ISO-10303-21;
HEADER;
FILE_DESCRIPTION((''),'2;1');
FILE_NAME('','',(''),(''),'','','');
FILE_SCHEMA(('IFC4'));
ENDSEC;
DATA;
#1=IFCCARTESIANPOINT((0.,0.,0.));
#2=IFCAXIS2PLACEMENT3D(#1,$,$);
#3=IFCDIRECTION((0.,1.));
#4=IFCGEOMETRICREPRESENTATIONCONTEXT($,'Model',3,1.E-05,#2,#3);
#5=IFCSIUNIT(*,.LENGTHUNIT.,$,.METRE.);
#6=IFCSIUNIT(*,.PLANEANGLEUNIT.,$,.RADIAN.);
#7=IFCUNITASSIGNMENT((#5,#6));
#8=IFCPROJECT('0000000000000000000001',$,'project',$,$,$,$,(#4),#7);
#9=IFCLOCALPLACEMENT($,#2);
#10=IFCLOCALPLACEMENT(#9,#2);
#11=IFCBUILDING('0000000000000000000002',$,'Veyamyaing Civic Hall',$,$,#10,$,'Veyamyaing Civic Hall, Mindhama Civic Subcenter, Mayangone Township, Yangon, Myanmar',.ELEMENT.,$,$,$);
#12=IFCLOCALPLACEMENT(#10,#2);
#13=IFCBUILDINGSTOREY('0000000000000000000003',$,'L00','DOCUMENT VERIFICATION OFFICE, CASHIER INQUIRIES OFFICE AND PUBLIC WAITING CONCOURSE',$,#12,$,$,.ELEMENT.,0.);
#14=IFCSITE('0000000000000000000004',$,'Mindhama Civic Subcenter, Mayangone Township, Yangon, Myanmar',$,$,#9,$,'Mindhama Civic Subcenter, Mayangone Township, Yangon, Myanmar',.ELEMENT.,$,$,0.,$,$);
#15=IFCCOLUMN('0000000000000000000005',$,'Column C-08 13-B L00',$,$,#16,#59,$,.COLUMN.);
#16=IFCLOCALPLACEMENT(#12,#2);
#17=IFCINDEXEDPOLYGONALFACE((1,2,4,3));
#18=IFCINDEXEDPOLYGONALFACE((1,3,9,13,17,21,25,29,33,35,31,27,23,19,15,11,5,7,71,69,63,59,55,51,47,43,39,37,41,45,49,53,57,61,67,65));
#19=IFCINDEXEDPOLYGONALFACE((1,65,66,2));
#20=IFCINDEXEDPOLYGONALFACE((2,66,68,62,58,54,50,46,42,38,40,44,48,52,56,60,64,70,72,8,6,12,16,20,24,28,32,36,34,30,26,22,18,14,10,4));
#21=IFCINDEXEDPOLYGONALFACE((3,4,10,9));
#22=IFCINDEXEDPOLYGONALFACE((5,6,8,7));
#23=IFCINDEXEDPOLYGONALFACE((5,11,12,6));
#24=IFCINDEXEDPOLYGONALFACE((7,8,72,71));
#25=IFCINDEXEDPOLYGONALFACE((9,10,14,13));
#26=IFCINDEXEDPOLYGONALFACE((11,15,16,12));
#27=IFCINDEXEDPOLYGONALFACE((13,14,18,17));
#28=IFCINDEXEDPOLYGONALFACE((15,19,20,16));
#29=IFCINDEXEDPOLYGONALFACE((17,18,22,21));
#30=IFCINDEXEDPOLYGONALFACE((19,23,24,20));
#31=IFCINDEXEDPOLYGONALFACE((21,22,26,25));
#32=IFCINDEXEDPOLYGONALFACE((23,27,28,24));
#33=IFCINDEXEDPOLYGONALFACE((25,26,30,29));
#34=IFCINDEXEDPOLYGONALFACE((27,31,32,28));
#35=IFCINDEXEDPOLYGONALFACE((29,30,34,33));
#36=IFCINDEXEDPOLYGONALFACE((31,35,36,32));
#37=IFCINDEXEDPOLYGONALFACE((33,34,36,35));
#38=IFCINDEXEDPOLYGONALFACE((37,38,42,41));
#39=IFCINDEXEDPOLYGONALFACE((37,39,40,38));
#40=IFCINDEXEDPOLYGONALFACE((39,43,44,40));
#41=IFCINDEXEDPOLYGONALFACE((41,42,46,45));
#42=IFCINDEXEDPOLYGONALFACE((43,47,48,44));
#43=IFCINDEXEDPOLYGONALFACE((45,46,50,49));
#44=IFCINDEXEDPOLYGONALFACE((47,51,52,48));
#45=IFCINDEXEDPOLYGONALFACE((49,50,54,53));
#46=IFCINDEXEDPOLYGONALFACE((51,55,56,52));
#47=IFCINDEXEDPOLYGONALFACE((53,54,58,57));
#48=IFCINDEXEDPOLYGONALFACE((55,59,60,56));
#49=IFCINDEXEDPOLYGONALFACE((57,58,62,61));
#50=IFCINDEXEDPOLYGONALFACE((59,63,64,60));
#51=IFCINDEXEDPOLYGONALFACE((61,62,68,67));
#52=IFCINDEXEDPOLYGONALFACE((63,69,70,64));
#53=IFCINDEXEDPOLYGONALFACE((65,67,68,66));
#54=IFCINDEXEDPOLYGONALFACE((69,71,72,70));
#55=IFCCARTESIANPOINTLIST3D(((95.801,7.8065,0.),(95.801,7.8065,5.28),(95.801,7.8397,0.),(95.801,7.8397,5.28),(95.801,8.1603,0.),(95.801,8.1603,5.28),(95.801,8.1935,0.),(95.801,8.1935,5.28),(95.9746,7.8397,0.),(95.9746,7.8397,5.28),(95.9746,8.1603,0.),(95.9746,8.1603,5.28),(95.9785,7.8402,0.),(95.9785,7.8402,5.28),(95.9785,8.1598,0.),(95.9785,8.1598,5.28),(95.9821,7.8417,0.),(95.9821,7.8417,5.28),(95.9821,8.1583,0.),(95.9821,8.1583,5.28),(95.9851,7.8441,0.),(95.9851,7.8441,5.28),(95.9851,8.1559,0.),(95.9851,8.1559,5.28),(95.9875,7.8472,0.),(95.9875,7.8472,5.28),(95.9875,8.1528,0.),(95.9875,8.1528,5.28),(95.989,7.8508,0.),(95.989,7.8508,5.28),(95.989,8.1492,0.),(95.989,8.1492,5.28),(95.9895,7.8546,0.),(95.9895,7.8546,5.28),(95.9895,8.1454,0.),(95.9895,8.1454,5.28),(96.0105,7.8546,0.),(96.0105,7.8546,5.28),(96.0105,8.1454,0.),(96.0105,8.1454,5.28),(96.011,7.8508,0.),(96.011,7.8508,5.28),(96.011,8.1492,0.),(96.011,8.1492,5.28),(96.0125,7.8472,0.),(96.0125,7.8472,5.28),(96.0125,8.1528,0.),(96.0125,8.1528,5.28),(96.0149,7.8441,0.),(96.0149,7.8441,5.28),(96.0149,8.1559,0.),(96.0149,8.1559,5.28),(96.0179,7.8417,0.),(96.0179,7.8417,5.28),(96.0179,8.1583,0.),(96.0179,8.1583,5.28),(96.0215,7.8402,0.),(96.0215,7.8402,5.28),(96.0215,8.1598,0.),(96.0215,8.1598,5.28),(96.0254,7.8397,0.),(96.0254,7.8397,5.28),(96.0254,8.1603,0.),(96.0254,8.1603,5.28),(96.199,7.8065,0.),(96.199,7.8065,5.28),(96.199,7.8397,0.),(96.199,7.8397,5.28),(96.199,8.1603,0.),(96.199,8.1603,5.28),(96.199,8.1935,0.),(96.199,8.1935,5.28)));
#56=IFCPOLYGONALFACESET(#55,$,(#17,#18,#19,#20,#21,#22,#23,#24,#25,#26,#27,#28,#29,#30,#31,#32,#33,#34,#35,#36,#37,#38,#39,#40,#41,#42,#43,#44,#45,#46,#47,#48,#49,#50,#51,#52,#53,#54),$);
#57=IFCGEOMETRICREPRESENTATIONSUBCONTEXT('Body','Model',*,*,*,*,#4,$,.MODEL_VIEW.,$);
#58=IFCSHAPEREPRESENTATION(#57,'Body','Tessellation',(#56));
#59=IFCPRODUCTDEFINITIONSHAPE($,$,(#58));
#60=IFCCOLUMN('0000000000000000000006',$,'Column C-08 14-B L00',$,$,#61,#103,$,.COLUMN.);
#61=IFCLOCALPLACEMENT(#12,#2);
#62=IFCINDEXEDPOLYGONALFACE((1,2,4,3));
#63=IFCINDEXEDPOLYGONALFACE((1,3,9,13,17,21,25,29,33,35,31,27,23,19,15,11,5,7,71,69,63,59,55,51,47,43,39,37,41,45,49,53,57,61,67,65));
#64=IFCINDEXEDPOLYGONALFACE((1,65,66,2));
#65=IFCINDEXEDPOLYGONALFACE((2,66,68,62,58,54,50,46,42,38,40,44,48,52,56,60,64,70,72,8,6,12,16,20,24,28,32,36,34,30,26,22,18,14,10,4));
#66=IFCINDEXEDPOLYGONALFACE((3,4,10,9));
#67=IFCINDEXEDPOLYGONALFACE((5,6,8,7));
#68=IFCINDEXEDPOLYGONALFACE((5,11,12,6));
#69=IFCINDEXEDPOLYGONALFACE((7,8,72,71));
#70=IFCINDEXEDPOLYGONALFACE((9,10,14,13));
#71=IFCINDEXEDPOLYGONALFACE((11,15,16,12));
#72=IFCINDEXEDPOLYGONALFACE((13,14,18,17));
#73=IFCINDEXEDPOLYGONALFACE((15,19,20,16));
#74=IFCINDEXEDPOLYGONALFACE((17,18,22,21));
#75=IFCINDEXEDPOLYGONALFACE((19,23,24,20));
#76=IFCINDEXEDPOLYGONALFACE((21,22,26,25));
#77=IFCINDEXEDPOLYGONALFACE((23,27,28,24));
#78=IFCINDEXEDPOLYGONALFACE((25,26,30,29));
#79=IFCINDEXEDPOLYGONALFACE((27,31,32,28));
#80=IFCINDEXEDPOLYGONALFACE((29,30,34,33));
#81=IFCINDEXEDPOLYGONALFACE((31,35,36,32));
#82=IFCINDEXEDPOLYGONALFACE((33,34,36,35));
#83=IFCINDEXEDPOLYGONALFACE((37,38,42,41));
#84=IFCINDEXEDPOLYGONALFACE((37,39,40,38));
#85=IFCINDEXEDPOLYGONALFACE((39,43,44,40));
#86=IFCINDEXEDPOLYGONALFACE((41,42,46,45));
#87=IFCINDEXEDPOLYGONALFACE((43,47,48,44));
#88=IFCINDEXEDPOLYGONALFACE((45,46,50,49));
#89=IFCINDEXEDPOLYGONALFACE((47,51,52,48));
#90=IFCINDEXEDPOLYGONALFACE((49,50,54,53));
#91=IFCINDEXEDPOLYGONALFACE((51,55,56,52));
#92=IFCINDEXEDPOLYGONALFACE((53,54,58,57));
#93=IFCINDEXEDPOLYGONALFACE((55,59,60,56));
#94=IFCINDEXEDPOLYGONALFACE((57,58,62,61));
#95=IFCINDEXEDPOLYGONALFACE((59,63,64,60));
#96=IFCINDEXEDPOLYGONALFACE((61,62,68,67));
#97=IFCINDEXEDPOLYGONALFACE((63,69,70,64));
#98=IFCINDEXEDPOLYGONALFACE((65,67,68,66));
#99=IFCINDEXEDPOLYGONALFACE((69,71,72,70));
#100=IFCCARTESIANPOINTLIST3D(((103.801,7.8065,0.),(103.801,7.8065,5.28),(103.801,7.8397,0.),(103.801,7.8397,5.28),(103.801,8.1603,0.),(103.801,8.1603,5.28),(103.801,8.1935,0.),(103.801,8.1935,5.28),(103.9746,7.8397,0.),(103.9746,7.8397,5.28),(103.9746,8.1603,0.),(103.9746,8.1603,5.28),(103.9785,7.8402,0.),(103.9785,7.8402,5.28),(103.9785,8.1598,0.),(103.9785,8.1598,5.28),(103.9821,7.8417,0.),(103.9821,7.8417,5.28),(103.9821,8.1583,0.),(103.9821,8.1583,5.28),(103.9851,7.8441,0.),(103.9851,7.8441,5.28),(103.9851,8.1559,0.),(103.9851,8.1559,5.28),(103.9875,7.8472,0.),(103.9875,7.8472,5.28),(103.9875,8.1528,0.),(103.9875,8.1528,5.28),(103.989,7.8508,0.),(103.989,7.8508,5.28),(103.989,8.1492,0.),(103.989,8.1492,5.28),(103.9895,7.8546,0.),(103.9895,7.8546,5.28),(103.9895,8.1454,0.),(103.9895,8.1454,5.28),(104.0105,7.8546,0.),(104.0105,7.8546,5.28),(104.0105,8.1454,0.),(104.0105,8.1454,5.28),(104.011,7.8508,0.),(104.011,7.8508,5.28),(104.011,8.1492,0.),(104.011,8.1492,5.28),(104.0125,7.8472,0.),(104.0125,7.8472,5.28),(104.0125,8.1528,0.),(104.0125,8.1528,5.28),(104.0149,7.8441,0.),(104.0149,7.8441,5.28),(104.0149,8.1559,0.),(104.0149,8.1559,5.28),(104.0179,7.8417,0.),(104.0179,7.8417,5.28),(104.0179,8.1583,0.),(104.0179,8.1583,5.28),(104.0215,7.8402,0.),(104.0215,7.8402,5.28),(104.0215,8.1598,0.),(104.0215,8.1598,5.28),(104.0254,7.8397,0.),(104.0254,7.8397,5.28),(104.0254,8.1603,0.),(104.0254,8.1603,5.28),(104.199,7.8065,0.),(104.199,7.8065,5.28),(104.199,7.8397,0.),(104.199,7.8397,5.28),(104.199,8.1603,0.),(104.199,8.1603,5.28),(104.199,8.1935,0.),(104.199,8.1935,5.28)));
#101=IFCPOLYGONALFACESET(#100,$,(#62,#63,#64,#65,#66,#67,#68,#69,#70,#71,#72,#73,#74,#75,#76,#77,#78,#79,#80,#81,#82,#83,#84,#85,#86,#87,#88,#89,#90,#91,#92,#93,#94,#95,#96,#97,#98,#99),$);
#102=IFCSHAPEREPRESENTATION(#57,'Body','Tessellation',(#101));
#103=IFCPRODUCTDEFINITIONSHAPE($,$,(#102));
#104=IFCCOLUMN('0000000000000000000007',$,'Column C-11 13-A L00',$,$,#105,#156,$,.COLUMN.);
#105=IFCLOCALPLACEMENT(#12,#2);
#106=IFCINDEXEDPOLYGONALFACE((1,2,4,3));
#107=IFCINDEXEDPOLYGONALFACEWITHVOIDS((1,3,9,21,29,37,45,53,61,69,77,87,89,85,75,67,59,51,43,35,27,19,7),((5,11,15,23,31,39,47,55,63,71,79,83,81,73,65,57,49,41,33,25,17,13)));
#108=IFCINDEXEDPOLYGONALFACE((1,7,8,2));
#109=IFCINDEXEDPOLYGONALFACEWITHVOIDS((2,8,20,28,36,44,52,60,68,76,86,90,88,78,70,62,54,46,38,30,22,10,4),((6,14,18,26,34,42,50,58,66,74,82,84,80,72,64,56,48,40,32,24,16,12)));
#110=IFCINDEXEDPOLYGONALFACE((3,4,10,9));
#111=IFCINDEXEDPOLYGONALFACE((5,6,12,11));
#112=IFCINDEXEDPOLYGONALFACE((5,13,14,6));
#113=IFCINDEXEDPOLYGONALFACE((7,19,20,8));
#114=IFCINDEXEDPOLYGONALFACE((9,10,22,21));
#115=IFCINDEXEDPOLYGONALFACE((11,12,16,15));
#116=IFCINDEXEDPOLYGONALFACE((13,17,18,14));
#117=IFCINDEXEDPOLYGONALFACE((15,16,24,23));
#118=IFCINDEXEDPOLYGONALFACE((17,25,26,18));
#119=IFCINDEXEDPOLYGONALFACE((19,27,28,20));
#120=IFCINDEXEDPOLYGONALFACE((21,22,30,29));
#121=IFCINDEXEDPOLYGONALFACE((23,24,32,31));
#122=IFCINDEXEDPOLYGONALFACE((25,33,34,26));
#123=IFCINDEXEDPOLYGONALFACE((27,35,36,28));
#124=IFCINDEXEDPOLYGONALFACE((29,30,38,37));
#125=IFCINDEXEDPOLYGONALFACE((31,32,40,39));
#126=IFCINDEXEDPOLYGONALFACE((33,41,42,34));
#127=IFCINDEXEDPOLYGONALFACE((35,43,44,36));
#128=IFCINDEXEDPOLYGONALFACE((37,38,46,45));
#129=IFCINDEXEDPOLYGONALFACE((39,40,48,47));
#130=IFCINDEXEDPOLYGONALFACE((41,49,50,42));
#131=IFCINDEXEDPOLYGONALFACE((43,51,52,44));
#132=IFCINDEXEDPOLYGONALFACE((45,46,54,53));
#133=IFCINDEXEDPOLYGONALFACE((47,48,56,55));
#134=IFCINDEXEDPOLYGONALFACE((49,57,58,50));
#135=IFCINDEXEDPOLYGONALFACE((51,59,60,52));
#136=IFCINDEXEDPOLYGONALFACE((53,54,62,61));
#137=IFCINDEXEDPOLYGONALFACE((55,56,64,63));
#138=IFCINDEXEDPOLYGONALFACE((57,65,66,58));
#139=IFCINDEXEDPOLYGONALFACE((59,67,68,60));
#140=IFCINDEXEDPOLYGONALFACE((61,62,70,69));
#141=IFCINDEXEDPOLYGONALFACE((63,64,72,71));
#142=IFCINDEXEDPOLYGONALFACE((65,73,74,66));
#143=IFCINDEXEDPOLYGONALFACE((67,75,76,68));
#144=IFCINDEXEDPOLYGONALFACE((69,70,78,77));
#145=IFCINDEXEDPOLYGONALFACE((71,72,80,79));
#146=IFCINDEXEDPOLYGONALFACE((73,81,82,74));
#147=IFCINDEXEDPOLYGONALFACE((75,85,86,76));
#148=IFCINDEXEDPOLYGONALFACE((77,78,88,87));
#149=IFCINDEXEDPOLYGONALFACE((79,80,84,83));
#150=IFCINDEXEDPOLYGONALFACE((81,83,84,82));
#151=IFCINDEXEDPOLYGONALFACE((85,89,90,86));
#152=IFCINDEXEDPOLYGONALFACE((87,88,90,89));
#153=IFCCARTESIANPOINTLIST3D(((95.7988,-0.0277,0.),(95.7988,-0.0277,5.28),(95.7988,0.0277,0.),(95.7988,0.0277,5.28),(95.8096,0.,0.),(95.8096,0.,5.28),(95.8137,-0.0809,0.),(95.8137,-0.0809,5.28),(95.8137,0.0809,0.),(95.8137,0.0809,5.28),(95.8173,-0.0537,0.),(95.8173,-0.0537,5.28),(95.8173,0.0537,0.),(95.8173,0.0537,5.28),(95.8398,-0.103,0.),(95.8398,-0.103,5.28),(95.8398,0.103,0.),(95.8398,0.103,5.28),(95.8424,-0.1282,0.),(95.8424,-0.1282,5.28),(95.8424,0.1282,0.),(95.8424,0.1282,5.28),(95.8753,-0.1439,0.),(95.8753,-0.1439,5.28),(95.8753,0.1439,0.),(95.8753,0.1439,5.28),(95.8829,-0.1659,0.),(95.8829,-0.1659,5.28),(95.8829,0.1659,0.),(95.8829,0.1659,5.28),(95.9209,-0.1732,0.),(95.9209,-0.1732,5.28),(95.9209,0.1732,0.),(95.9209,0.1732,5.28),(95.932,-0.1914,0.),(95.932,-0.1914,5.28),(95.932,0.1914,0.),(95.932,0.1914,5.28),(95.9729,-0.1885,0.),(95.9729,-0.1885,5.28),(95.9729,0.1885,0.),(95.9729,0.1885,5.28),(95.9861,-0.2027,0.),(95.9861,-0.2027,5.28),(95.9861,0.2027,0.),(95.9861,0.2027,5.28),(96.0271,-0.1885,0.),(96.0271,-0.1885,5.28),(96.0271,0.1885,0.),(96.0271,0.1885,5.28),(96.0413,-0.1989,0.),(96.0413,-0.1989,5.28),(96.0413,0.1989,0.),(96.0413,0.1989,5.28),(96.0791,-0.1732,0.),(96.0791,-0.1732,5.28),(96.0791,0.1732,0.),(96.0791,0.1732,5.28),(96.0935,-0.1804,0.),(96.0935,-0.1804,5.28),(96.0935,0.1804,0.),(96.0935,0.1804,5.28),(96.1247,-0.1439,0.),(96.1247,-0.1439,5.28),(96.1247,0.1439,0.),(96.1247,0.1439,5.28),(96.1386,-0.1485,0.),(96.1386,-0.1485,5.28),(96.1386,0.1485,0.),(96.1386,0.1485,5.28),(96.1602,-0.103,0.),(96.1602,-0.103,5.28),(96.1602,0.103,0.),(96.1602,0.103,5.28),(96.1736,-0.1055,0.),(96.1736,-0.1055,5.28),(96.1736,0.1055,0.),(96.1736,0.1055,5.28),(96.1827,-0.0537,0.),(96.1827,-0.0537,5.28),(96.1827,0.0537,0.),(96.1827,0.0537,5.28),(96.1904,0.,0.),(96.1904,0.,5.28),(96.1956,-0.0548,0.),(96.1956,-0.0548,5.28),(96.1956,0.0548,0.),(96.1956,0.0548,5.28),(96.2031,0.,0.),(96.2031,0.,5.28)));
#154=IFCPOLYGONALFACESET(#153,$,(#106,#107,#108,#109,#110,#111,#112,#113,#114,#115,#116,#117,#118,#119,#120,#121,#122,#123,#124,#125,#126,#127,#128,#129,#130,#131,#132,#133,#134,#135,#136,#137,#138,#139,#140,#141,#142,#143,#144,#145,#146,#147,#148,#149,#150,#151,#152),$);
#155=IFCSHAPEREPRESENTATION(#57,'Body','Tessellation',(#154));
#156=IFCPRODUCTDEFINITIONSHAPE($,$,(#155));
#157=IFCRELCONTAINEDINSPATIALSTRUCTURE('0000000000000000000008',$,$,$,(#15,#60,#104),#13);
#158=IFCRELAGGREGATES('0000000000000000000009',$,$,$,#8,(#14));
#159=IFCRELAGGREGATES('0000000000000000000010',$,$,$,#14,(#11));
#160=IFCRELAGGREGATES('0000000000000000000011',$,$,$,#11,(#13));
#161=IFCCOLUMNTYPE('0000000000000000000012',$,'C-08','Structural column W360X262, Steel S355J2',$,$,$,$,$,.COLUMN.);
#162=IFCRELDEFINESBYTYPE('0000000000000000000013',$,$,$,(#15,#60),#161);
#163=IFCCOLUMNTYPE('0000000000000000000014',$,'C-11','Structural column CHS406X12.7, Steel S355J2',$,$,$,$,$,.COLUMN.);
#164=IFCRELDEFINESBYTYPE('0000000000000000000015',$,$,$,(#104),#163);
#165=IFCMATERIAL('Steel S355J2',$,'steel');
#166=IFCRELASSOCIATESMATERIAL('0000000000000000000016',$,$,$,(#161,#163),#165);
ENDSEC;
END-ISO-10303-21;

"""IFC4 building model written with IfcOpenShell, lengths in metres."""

from ifc_helpers import new_model, si_unit, direction, frame, origin, origin_2d, place, context, subcontext, project, spatial, hollow_circle, i_section, extrude, material, material_profile, profile_set, type_object, element, save


model = new_model("IFC4")

# Units and contexts
model_context = context("Model", 3, precision=1e-05, world=origin(), true_north=direction((0.0, 1.0)))
body_context = subcontext(model_context, "Body", "Model", "MODEL_VIEW")
ifc_project = project(units=[si_unit("LENGTHUNIT", "METRE"), si_unit("PLANEANGLEUNIT", "RADIAN")], contexts=[model_context])

# Site, building, storey
site_placement = place(None, origin())
site = spatial("IfcSite", under=ifc_project, at=site_placement, Name="Mindhama Civic Subcenter, Mayangone Township, Yangon, Myanmar", LongName="Mindhama Civic Subcenter, Mayangone Township, Yangon, Myanmar", CompositionType="ELEMENT", RefElevation=0.0)
building_placement = place(site_placement, origin())
building = spatial("IfcBuilding", under=site, at=building_placement, Name="Veyamyaing Civic Hall", LongName="Veyamyaing Civic Hall, Mindhama Civic Subcenter, Mayangone Township, Yangon, Myanmar", CompositionType="ELEMENT")
storey_placement = place(building_placement, origin())
storey = spatial("IfcBuildingStorey", under=building, at=storey_placement, Name="L00", Description="DOCUMENT VERIFICATION OFFICE, CASHIER INQUIRIES OFFICE AND PUBLIC WAITING CONCOURSE", CompositionType="ELEMENT", Elevation=0.0)

# Columns
ifc_material_1 = material(Name="Steel S355J2", Category="steel")
ifc_material_profile_1 = material_profile(ifc_material_1, i_section(OverallWidth=0.3979, OverallDepth=0.387, WebThickness=0.021, FlangeThickness=0.0332, FilletRadius=0.0149, at=origin_2d()), Name="W360X262")
ifc_profile_set_1 = profile_set([ifc_material_profile_1], Name="Steel S355J2")
column_type_1 = type_object("IfcColumnType", Name="C-08", Description="Structural column W360X262, Steel S355J2", PredefinedType="COLUMN", material=ifc_profile_set_1)
for number, where, z_axis, x_axis, name in (
    (1, (96.0, 8.0, 0.0), (0.0, 0.0, 1.0), (1.0, 0.0, 0.0), "Column C-08 13-B L00"),
    (2, (104.0, 8.0, 0.0), (0.0, 0.0, 1.0), (1.0, 0.0, 0.0), "Column C-08 14-B L00"),
):
    element("IfcColumn", number, at=place(storey_placement, frame(where, z_axis=z_axis, x_axis=x_axis)), inside=storey, type_object=column_type_1, Name=name, PredefinedType="COLUMN", context=body_context, shape_type="SweptSolid", body=[
        extrude(i_section(OverallWidth=0.3979, OverallDepth=0.387, WebThickness=0.021, FlangeThickness=0.0332, FilletRadius=0.0149, at=origin_2d()), origin(), (0.0, 0.0, 1.0), 5.28),
    ])
ifc_material_profile_2 = material_profile(ifc_material_1, hollow_circle(Radius=0.2031, WallThickness=0.0127, at=origin_2d()), Name="CHS406X12.7")
ifc_profile_set_2 = profile_set([ifc_material_profile_2], Name="Steel S355J2")
column_type_2 = type_object("IfcColumnType", Name="C-11", Description="Structural column CHS406X12.7, Steel S355J2", PredefinedType="COLUMN", material=ifc_profile_set_2)
for number, where, z_axis, x_axis, name in (
    (3, (96.0, 0.0, 0.0), (0.0, 0.0, 1.0), (1.0, 0.0, 0.0), "Column C-11 13-A L00"),
):
    element("IfcColumn", number, at=place(storey_placement, frame(where, z_axis=z_axis, x_axis=x_axis)), inside=storey, type_object=column_type_2, Name=name, PredefinedType="COLUMN", context=body_context, shape_type="SweptSolid", body=[
        extrude(hollow_circle(Radius=0.2031, WallThickness=0.0127, at=origin_2d()), origin(), (0.0, 0.0, 1.0), 5.28),
    ])

save(model, "model.ifc")
